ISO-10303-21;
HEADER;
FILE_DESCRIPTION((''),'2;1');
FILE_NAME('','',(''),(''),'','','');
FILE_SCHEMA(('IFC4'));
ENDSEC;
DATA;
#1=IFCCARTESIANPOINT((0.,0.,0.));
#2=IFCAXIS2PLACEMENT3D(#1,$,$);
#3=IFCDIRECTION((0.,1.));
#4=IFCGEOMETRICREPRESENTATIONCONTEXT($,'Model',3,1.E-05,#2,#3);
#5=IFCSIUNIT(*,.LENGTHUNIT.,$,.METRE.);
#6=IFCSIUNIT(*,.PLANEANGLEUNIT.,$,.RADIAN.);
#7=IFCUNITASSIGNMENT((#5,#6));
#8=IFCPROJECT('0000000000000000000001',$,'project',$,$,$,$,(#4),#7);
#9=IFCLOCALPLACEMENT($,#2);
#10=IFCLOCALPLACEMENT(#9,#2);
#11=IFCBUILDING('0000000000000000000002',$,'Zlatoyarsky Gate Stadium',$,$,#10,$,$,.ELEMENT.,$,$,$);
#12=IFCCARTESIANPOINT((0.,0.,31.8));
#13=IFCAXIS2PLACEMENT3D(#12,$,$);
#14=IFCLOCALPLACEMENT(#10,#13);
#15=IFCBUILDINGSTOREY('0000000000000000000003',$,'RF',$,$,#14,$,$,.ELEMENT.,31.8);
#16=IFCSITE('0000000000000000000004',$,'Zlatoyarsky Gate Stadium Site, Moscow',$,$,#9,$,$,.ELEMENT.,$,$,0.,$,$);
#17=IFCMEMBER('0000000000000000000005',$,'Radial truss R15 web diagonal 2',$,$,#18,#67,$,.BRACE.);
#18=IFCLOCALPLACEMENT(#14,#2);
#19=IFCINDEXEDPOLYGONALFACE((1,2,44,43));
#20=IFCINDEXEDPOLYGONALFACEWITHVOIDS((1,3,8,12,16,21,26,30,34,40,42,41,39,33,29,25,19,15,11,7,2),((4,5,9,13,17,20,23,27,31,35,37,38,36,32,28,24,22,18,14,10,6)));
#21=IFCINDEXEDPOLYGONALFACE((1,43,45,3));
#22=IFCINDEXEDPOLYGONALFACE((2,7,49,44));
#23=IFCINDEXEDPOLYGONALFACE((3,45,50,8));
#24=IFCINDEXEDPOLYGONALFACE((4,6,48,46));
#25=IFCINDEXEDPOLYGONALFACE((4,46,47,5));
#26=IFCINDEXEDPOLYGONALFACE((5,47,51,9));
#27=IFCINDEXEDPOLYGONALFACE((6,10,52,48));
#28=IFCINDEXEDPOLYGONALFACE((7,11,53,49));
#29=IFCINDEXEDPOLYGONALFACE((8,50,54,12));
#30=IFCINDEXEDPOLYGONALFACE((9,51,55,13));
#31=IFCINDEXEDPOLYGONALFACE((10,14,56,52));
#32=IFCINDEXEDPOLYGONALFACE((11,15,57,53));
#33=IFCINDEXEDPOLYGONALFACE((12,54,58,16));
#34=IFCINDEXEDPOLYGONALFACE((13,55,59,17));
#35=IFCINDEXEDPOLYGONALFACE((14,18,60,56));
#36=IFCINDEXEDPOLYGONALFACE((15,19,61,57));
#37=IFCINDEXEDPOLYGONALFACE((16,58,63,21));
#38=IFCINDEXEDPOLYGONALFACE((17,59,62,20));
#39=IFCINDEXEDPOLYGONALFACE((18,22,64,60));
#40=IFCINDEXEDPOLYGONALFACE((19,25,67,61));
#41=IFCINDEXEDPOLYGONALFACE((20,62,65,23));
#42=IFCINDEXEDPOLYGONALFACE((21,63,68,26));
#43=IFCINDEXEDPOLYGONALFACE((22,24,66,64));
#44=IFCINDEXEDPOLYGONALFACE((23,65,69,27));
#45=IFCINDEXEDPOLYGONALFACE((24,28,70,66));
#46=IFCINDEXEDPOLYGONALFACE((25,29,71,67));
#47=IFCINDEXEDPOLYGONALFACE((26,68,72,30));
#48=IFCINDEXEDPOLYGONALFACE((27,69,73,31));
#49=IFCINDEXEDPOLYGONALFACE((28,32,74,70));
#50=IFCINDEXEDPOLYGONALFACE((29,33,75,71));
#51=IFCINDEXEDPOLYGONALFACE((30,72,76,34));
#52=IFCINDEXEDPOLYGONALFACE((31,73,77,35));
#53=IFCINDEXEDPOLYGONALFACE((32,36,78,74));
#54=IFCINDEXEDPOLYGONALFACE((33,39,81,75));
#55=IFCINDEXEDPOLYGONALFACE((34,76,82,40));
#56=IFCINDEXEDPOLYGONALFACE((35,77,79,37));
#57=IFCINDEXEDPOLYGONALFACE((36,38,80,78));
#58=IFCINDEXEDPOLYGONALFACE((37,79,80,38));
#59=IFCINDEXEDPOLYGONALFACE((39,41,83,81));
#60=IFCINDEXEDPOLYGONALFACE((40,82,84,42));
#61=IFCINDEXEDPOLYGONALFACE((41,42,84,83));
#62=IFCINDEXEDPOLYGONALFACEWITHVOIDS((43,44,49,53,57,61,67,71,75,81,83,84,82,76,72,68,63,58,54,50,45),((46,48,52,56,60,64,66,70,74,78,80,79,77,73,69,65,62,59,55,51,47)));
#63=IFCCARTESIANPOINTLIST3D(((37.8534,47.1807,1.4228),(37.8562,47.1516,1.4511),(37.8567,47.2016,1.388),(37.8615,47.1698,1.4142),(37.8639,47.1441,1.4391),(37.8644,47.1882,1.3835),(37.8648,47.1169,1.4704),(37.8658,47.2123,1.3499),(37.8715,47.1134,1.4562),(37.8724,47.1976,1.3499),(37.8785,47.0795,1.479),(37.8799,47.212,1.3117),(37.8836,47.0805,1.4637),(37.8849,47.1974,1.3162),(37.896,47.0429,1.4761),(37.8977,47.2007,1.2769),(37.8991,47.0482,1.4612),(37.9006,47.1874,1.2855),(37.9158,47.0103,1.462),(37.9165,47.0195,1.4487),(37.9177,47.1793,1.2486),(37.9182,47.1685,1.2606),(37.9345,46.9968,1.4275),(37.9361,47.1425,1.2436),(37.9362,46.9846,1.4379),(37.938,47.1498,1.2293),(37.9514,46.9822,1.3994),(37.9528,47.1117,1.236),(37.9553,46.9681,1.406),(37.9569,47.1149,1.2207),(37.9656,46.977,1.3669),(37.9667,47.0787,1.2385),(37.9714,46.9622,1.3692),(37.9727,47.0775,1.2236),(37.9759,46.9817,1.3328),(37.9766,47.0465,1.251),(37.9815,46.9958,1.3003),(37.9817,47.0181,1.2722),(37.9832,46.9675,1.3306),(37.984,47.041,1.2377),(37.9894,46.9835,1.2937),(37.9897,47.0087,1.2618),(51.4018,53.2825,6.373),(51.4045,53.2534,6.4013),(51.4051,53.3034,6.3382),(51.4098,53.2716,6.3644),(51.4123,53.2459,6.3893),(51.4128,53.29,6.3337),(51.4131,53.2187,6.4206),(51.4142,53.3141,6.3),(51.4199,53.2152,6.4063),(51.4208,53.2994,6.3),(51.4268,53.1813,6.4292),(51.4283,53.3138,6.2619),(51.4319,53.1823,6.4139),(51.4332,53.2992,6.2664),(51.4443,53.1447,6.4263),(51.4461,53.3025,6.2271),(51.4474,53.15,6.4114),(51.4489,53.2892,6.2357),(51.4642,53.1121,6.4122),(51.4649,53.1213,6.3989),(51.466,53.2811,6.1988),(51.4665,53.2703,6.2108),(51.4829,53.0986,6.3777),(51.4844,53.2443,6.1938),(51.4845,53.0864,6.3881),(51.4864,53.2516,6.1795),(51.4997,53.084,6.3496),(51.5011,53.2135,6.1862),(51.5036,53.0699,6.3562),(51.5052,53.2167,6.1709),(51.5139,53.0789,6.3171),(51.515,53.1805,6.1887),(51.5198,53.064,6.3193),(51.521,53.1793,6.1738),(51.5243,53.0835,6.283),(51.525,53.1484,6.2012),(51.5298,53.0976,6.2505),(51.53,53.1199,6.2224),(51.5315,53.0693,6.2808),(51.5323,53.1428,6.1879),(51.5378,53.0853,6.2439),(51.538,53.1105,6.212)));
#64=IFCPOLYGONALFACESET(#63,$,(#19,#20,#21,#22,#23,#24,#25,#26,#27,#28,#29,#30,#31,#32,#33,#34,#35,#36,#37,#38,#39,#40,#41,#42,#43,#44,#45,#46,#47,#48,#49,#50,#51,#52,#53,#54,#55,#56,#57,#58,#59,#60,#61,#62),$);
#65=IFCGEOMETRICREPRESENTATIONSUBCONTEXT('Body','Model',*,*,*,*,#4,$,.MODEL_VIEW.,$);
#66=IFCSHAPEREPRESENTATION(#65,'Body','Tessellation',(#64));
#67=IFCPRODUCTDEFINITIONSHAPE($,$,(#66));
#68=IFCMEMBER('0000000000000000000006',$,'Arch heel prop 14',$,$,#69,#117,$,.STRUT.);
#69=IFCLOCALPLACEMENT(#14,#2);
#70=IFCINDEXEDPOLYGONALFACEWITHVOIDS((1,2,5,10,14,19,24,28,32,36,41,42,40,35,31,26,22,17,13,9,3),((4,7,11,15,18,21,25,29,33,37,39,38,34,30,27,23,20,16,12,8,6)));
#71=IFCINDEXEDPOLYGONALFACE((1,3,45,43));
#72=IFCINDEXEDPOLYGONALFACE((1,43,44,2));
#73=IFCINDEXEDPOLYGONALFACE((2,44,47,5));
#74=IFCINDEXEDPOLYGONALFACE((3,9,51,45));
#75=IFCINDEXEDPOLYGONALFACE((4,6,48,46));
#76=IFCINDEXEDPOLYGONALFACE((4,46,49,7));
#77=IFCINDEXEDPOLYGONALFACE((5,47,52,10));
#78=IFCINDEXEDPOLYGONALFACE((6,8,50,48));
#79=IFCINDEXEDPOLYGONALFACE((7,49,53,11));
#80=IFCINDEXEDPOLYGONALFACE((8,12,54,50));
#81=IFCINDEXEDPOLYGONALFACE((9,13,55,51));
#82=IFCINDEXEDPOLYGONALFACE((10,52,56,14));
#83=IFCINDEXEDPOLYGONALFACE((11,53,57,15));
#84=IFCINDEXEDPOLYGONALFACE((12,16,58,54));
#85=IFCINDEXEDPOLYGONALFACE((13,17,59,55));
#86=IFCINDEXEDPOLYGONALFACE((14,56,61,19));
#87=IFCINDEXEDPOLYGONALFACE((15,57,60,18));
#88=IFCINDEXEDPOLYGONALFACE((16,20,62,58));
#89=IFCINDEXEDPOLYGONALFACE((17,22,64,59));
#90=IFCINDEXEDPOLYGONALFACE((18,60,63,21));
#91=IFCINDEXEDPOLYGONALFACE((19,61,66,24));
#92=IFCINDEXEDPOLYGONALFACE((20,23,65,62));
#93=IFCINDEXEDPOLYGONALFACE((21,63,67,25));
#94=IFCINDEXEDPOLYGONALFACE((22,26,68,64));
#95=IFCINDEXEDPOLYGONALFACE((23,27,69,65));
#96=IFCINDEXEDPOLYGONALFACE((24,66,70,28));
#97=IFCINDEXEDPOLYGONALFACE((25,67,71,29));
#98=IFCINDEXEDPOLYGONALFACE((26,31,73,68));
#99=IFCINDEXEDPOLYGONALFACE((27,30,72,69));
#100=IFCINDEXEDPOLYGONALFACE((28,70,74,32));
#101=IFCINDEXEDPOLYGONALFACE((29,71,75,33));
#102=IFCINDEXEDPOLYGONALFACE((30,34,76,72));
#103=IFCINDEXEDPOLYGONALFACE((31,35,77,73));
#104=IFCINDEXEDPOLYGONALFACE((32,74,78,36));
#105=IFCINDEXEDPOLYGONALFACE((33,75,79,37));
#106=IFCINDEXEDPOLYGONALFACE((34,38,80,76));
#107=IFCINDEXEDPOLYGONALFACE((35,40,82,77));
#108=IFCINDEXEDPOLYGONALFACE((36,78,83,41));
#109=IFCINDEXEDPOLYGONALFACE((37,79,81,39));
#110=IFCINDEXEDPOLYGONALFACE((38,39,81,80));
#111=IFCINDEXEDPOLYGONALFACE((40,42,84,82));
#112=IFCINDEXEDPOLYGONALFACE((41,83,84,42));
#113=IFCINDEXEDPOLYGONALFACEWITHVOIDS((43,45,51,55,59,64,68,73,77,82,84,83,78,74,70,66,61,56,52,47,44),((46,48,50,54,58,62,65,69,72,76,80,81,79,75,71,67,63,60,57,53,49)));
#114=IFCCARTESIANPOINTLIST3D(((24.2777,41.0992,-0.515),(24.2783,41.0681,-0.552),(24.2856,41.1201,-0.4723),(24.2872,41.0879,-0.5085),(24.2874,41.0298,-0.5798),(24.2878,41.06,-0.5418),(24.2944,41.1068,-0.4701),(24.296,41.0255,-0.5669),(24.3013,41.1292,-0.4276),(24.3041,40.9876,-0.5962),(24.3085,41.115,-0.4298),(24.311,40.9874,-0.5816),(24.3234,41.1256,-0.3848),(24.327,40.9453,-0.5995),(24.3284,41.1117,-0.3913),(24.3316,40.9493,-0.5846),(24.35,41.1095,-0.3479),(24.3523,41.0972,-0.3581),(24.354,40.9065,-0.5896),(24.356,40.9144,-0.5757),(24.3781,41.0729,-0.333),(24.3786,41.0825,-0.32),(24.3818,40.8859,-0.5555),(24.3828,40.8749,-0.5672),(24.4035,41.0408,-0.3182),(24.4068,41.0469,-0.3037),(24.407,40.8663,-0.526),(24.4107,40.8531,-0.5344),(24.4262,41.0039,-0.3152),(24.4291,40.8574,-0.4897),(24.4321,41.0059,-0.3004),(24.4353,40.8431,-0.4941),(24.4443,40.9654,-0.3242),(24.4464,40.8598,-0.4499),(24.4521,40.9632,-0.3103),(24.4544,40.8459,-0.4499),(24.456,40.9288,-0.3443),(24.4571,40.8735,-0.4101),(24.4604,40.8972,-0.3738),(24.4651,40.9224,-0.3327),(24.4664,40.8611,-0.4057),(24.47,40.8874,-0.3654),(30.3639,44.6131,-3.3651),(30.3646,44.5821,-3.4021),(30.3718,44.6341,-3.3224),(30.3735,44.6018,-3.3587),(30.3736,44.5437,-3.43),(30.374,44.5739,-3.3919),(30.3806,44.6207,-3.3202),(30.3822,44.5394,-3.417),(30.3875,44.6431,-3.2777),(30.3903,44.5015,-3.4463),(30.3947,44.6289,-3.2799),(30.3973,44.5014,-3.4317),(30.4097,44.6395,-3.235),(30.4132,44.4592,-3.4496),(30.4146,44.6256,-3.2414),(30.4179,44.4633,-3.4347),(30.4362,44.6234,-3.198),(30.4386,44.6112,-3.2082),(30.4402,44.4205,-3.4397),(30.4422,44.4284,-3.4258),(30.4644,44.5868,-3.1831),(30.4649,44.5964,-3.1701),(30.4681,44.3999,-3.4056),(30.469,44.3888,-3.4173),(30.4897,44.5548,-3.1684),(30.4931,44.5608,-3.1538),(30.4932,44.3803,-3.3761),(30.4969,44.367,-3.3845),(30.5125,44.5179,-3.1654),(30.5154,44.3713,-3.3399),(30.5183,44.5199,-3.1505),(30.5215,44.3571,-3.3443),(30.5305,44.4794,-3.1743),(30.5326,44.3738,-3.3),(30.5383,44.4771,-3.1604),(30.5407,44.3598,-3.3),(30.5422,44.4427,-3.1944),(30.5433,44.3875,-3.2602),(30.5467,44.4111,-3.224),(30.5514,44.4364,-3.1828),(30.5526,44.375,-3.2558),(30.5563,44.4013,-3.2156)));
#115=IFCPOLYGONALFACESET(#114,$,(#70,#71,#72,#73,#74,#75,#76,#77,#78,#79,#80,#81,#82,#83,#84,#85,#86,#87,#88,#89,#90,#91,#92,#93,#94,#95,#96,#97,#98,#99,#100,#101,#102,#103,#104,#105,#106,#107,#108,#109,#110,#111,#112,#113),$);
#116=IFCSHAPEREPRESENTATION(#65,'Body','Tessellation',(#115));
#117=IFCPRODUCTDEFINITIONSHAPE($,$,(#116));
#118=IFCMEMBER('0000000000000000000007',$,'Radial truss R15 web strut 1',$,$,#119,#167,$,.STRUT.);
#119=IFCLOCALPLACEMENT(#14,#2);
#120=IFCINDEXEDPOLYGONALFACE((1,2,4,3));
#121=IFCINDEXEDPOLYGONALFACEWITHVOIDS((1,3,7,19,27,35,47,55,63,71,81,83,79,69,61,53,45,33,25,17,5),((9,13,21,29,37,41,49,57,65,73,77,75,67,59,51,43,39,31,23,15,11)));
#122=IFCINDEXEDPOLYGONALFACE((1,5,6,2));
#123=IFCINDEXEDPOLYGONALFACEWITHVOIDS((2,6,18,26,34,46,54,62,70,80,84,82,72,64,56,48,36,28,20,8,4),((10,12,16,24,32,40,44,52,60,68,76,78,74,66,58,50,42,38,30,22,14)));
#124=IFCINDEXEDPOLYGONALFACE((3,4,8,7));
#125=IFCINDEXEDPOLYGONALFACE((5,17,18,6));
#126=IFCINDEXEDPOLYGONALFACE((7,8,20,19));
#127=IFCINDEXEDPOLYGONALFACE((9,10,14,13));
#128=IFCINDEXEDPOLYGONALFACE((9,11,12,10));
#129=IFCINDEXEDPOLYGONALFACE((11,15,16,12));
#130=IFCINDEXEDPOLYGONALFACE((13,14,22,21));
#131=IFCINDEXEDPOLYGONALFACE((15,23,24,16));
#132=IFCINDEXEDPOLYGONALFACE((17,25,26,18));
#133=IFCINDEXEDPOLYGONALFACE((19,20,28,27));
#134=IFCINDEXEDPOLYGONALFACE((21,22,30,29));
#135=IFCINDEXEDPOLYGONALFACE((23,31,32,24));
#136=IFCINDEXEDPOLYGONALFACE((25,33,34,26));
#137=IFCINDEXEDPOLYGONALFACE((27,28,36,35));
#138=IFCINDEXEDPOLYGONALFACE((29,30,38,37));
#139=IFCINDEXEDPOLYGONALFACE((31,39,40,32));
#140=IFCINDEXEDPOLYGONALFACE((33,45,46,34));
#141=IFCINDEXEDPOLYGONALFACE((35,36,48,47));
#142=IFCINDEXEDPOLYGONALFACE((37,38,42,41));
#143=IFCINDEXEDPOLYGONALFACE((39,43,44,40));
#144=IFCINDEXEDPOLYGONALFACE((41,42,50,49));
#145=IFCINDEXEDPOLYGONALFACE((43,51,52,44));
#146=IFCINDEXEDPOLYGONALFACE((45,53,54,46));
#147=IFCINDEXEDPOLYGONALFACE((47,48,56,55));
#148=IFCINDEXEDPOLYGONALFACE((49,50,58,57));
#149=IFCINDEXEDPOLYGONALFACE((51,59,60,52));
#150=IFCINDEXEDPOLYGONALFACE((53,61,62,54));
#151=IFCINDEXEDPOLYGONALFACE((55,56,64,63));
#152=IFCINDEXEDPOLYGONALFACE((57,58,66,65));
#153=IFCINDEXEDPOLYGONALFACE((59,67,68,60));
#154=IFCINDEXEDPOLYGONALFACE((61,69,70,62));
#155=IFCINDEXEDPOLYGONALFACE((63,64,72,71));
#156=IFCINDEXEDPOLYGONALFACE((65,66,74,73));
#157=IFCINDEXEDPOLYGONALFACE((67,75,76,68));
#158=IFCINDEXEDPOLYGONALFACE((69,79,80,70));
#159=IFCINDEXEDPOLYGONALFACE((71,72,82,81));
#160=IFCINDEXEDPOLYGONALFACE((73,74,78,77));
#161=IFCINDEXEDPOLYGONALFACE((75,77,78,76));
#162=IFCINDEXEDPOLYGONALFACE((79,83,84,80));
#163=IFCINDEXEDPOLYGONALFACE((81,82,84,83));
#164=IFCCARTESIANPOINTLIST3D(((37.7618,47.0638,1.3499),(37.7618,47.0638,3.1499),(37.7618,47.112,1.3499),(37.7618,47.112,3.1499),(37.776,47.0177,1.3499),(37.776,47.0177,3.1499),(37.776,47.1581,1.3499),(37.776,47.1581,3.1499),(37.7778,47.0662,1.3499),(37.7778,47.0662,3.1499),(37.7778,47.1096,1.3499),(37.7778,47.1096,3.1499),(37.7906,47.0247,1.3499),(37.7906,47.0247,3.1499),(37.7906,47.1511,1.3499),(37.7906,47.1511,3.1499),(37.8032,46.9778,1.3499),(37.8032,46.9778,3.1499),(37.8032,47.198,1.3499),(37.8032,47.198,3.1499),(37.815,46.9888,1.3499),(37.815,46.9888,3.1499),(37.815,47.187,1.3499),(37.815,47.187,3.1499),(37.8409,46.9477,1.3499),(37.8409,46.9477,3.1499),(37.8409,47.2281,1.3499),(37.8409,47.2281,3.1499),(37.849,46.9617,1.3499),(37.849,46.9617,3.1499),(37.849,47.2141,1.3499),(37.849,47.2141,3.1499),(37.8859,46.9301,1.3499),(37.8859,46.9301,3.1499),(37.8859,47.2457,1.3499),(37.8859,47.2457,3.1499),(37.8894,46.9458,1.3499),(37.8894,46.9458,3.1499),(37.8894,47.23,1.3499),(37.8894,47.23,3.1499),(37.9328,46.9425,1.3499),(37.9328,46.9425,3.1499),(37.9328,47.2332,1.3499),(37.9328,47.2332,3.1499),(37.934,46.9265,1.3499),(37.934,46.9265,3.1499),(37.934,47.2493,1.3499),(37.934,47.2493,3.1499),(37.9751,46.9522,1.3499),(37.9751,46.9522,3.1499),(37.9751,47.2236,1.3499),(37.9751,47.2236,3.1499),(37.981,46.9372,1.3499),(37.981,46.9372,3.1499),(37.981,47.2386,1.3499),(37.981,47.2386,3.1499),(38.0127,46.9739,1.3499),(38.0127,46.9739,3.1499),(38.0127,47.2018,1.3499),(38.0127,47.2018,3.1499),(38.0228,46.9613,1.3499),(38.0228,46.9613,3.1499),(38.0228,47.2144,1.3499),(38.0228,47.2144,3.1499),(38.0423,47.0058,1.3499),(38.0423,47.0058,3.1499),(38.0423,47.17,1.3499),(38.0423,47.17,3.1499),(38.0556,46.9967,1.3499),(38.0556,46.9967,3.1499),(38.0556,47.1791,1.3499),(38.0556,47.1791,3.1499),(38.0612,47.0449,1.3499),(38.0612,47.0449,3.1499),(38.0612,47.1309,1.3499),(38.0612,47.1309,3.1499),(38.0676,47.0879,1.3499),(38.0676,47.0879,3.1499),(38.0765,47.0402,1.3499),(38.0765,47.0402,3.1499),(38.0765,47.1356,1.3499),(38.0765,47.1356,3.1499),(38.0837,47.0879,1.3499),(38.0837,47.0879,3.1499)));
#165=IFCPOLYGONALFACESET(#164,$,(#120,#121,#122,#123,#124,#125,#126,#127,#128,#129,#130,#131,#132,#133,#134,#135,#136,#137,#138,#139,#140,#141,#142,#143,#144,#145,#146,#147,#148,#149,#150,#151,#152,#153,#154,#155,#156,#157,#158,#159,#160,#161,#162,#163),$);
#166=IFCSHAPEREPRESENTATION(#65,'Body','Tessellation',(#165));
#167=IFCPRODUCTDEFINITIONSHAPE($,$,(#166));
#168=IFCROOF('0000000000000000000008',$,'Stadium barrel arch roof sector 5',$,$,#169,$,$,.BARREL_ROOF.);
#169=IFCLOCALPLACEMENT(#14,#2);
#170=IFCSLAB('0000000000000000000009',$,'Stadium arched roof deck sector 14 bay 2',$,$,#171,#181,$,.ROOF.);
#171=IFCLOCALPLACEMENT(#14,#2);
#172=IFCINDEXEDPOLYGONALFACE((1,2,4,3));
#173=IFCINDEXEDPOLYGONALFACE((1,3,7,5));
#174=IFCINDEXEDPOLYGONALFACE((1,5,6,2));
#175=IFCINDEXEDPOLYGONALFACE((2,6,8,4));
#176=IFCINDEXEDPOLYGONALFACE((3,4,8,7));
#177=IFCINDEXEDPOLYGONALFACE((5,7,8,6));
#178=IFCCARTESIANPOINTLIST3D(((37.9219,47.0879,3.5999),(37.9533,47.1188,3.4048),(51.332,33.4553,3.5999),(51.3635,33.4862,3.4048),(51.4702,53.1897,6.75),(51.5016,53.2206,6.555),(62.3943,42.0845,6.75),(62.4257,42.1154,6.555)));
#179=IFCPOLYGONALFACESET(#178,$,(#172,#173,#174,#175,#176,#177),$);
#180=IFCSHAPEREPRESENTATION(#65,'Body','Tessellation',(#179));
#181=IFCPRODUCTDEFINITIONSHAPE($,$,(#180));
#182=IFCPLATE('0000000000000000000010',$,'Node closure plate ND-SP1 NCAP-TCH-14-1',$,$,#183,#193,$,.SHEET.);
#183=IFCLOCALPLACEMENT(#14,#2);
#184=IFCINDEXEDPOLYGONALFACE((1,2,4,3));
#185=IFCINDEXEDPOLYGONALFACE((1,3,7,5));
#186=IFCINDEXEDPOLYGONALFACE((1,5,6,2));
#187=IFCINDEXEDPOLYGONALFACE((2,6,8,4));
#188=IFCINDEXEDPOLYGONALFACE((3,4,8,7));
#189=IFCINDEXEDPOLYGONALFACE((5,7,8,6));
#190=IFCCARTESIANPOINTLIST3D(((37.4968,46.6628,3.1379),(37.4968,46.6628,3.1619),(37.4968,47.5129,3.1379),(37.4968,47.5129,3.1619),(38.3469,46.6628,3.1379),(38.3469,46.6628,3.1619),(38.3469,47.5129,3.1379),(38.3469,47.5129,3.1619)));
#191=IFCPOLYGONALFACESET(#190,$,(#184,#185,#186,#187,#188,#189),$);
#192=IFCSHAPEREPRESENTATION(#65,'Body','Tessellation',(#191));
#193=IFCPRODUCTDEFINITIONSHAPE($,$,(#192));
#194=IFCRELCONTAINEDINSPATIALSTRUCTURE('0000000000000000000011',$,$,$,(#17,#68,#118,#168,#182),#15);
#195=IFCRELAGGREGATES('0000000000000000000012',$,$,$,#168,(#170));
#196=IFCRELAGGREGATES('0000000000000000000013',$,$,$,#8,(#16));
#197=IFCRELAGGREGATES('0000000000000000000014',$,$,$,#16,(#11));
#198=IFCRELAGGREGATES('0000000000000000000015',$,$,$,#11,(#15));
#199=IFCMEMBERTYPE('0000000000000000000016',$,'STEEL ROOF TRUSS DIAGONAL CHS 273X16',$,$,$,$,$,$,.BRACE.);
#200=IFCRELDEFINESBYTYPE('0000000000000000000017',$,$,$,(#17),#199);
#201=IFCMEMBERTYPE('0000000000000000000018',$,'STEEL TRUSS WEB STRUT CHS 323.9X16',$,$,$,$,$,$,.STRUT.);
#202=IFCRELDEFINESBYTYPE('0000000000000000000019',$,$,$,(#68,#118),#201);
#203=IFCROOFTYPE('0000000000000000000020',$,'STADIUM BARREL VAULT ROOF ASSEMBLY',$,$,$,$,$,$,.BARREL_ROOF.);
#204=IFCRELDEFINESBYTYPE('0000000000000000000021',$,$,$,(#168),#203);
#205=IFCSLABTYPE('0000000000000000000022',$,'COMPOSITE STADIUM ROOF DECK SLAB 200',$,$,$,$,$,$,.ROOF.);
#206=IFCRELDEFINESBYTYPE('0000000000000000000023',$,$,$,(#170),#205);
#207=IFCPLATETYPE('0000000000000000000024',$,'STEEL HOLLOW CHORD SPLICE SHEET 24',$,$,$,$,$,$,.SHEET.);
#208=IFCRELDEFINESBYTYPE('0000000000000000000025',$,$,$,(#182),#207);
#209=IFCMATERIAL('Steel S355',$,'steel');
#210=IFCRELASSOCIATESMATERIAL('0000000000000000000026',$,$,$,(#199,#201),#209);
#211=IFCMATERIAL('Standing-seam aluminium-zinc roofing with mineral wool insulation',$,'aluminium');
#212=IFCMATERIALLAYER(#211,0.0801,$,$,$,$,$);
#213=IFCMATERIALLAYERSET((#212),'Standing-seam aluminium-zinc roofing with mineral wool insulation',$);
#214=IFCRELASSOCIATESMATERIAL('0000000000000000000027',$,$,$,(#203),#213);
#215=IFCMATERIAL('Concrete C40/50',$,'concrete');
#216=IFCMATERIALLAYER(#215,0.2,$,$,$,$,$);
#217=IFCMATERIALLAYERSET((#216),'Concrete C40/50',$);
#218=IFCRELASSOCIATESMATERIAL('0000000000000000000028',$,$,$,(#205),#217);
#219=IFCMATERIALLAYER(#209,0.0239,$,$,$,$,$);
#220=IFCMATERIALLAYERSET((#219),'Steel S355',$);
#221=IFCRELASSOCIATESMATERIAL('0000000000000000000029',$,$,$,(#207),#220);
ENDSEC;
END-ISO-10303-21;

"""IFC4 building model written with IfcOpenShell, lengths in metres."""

from ifc_helpers import new_model, si_unit, direction, frame, origin, origin_2d, place, context, subcontext, project, spatial, polyline, rectangle, hollow_circle, outline, extrude, material, layer, layer_set, material_profile, profile_set, type_object, element, aggregate, save


model = new_model("IFC4")

# Units and contexts
model_context = context("Model", 3, precision=1e-05, world=origin(), true_north=direction((0.0, 1.0)))
body_context = subcontext(model_context, "Body", "Model", "MODEL_VIEW")
ifc_project = project(units=[si_unit("LENGTHUNIT", "METRE"), si_unit("PLANEANGLEUNIT", "RADIAN")], contexts=[model_context])

# Site, building, storey
site_placement = place(None, origin())
site = spatial("IfcSite", under=ifc_project, at=site_placement, Name="Zlatoyarsky Gate Stadium Site, Moscow", CompositionType="ELEMENT", RefElevation=0.0)
building_placement = place(site_placement, origin())
building = spatial("IfcBuilding", under=site, at=building_placement, Name="Zlatoyarsky Gate Stadium", CompositionType="ELEMENT")
storey_placement = place(building_placement, frame((0.0, 0.0, 31.8)))
storey = spatial("IfcBuildingStorey", under=building, at=storey_placement, Name="RF", CompositionType="ELEMENT", Elevation=31.8)

# Shared definitions
ifc_material_1 = material(Name="Steel S355", Category="steel")

# Members
ifc_material_profile_1 = material_profile(ifc_material_1, hollow_circle(Radius=0.1365, WallThickness=0.0161, at=origin_2d()), Name="CHS 273X16")
ifc_profile_set_1 = profile_set([ifc_material_profile_1], Name="Steel S355")
member_type_1 = type_object("IfcMemberType", Name="STEEL ROOF TRUSS DIAGONAL CHS 273X16", PredefinedType="BRACE", material=ifc_profile_set_1)
member_1_placement = place(storey_placement, frame((37.9219, 47.0879, 1.3499), z_axis=(0.865053, 0.389596, 0.316067), x_axis=(-0.410647, 0.911794, 0.0)))
element("IfcMember", 1, at=member_1_placement, inside=storey, type_object=member_type_1, Name="Radial truss R15 web diagonal 2", PredefinedType="BRACE", context=body_context, shape_type="SweptSolid", body=[
    extrude(hollow_circle(Radius=0.1365, WallThickness=0.0161, at=origin_2d()), origin(), (0.0, 0.0, 1.0), 15.6619),
])
ifc_material_profile_2 = material_profile(ifc_material_1, hollow_circle(Radius=0.1619, WallThickness=0.0161, at=origin_2d()), Name="CHS 323.9X16")
ifc_profile_set_2 = profile_set([ifc_material_profile_2], Name="Steel S355")
member_type_2 = type_object("IfcMemberType", Name="STEEL TRUSS WEB STRUT CHS 323.9X16", PredefinedType="STRUT", material=ifc_profile_set_2)
member_2_placement = place(storey_placement, frame((30.4597, 44.5, -3.3), z_axis=(-0.802536, -0.463352, 0.37582), x_axis=(0.500006, -0.866022, 0.0)))
element("IfcMember", 2, at=member_2_placement, inside=storey, type_object=member_type_2, Name="Arch heel prop 14", PredefinedType="STRUT", context=body_context, shape_type="SweptSolid", body=[
    extrude(hollow_circle(Radius=0.1619, WallThickness=0.0161, at=origin_2d()), origin(), (0.0, 0.0, 1.0), 7.5837),
])
member_3_placement = place(storey_placement, frame((37.9219, 47.0879, 1.3499), z_axis=(0.0, 0.0, 1.0), x_axis=(1.0, 0.0, 0.0)))
element("IfcMember", 3, at=member_3_placement, inside=storey, type_object=member_type_2, Name="Radial truss R15 web strut 1", PredefinedType="STRUT", context=body_context, shape_type="SweptSolid", body=[
    extrude(hollow_circle(Radius=0.1619, WallThickness=0.0161, at=origin_2d()), origin(), (0.0, 0.0, 1.0), 1.8),
])

# Roof, slab
ifc_material_2 = material(Name="Standing-seam aluminium-zinc roofing with mineral wool insulation", Category="aluminium")
ifc_layer_1 = layer(ifc_material_2, 0.0801)
ifc_layer_set_1 = layer_set([ifc_layer_1], Name="Standing-seam aluminium-zinc roofing with mineral wool insulation")
roof_type = type_object("IfcRoofType", Name="STADIUM BARREL VAULT ROOF ASSEMBLY", PredefinedType="BARREL_ROOF", material=ifc_layer_set_1)
roof_placement = place(storey_placement, origin())
roof = element("IfcRoof", 4, at=roof_placement, inside=storey, type_object=roof_type, Name="Stadium barrel arch roof sector 5", PredefinedType="BARREL_ROOF")
ifc_material_3 = material(Name="Concrete C40/50", Category="concrete")
ifc_layer_2 = layer(ifc_material_3, 0.2)
ifc_layer_set_2 = layer_set([ifc_layer_2], Name="Concrete C40/50")
slab_type = type_object("IfcSlabType", Name="COMPOSITE STADIUM ROOF DECK SLAB 200", PredefinedType="ROOF", material=ifc_layer_set_2)
slab_placement = place(storey_placement, frame((37.9219, 47.0879, 3.5999), z_axis=(-0.157163, -0.1546, 0.975397), x_axis=(0.701268, -0.712898, 0.0)))
slab = element("IfcSlab", 5, at=slab_placement, type_object=slab_type, Name="Stadium arched roof deck sector 14 bay 2", PredefinedType="ROOF", context=body_context, shape_type="SweptSolid", body=[
    extrude(outline(polyline([(0.0, 0.0), (19.1227, 0.0), (20.7286, 14.2892), (5.151, 14.2891), (0.0, 0.0)])), origin(), (0.0, 0.0, -1.0), 0.2),
])

# Plate
ifc_layer_3 = layer(ifc_material_1, 0.0239)
ifc_layer_set_3 = layer_set([ifc_layer_3], Name="Steel S355")
plate_type_1 = type_object("IfcPlateType", Name="STEEL HOLLOW CHORD SPLICE SHEET 24", PredefinedType="SHEET", material=ifc_layer_set_3)
plate_1_placement = place(storey_placement, frame((37.9219, 47.0879, 3.1379), z_axis=(0.0, 0.0, 1.0), x_axis=(1.0, 0.0, 0.0)))
element("IfcPlate", 6, at=plate_1_placement, inside=storey, type_object=plate_type_1, Name="Node closure plate ND-SP1 NCAP-TCH-14-1", PredefinedType="SHEET", context=body_context, shape_type="SweptSolid", body=[
    extrude(rectangle(XDim=0.8501, YDim=0.8501, at=origin_2d()), origin(), (0.0, 0.0, 1.0), 0.0239),
])

aggregate(roof, [slab])

save(model, "model.ifc")
